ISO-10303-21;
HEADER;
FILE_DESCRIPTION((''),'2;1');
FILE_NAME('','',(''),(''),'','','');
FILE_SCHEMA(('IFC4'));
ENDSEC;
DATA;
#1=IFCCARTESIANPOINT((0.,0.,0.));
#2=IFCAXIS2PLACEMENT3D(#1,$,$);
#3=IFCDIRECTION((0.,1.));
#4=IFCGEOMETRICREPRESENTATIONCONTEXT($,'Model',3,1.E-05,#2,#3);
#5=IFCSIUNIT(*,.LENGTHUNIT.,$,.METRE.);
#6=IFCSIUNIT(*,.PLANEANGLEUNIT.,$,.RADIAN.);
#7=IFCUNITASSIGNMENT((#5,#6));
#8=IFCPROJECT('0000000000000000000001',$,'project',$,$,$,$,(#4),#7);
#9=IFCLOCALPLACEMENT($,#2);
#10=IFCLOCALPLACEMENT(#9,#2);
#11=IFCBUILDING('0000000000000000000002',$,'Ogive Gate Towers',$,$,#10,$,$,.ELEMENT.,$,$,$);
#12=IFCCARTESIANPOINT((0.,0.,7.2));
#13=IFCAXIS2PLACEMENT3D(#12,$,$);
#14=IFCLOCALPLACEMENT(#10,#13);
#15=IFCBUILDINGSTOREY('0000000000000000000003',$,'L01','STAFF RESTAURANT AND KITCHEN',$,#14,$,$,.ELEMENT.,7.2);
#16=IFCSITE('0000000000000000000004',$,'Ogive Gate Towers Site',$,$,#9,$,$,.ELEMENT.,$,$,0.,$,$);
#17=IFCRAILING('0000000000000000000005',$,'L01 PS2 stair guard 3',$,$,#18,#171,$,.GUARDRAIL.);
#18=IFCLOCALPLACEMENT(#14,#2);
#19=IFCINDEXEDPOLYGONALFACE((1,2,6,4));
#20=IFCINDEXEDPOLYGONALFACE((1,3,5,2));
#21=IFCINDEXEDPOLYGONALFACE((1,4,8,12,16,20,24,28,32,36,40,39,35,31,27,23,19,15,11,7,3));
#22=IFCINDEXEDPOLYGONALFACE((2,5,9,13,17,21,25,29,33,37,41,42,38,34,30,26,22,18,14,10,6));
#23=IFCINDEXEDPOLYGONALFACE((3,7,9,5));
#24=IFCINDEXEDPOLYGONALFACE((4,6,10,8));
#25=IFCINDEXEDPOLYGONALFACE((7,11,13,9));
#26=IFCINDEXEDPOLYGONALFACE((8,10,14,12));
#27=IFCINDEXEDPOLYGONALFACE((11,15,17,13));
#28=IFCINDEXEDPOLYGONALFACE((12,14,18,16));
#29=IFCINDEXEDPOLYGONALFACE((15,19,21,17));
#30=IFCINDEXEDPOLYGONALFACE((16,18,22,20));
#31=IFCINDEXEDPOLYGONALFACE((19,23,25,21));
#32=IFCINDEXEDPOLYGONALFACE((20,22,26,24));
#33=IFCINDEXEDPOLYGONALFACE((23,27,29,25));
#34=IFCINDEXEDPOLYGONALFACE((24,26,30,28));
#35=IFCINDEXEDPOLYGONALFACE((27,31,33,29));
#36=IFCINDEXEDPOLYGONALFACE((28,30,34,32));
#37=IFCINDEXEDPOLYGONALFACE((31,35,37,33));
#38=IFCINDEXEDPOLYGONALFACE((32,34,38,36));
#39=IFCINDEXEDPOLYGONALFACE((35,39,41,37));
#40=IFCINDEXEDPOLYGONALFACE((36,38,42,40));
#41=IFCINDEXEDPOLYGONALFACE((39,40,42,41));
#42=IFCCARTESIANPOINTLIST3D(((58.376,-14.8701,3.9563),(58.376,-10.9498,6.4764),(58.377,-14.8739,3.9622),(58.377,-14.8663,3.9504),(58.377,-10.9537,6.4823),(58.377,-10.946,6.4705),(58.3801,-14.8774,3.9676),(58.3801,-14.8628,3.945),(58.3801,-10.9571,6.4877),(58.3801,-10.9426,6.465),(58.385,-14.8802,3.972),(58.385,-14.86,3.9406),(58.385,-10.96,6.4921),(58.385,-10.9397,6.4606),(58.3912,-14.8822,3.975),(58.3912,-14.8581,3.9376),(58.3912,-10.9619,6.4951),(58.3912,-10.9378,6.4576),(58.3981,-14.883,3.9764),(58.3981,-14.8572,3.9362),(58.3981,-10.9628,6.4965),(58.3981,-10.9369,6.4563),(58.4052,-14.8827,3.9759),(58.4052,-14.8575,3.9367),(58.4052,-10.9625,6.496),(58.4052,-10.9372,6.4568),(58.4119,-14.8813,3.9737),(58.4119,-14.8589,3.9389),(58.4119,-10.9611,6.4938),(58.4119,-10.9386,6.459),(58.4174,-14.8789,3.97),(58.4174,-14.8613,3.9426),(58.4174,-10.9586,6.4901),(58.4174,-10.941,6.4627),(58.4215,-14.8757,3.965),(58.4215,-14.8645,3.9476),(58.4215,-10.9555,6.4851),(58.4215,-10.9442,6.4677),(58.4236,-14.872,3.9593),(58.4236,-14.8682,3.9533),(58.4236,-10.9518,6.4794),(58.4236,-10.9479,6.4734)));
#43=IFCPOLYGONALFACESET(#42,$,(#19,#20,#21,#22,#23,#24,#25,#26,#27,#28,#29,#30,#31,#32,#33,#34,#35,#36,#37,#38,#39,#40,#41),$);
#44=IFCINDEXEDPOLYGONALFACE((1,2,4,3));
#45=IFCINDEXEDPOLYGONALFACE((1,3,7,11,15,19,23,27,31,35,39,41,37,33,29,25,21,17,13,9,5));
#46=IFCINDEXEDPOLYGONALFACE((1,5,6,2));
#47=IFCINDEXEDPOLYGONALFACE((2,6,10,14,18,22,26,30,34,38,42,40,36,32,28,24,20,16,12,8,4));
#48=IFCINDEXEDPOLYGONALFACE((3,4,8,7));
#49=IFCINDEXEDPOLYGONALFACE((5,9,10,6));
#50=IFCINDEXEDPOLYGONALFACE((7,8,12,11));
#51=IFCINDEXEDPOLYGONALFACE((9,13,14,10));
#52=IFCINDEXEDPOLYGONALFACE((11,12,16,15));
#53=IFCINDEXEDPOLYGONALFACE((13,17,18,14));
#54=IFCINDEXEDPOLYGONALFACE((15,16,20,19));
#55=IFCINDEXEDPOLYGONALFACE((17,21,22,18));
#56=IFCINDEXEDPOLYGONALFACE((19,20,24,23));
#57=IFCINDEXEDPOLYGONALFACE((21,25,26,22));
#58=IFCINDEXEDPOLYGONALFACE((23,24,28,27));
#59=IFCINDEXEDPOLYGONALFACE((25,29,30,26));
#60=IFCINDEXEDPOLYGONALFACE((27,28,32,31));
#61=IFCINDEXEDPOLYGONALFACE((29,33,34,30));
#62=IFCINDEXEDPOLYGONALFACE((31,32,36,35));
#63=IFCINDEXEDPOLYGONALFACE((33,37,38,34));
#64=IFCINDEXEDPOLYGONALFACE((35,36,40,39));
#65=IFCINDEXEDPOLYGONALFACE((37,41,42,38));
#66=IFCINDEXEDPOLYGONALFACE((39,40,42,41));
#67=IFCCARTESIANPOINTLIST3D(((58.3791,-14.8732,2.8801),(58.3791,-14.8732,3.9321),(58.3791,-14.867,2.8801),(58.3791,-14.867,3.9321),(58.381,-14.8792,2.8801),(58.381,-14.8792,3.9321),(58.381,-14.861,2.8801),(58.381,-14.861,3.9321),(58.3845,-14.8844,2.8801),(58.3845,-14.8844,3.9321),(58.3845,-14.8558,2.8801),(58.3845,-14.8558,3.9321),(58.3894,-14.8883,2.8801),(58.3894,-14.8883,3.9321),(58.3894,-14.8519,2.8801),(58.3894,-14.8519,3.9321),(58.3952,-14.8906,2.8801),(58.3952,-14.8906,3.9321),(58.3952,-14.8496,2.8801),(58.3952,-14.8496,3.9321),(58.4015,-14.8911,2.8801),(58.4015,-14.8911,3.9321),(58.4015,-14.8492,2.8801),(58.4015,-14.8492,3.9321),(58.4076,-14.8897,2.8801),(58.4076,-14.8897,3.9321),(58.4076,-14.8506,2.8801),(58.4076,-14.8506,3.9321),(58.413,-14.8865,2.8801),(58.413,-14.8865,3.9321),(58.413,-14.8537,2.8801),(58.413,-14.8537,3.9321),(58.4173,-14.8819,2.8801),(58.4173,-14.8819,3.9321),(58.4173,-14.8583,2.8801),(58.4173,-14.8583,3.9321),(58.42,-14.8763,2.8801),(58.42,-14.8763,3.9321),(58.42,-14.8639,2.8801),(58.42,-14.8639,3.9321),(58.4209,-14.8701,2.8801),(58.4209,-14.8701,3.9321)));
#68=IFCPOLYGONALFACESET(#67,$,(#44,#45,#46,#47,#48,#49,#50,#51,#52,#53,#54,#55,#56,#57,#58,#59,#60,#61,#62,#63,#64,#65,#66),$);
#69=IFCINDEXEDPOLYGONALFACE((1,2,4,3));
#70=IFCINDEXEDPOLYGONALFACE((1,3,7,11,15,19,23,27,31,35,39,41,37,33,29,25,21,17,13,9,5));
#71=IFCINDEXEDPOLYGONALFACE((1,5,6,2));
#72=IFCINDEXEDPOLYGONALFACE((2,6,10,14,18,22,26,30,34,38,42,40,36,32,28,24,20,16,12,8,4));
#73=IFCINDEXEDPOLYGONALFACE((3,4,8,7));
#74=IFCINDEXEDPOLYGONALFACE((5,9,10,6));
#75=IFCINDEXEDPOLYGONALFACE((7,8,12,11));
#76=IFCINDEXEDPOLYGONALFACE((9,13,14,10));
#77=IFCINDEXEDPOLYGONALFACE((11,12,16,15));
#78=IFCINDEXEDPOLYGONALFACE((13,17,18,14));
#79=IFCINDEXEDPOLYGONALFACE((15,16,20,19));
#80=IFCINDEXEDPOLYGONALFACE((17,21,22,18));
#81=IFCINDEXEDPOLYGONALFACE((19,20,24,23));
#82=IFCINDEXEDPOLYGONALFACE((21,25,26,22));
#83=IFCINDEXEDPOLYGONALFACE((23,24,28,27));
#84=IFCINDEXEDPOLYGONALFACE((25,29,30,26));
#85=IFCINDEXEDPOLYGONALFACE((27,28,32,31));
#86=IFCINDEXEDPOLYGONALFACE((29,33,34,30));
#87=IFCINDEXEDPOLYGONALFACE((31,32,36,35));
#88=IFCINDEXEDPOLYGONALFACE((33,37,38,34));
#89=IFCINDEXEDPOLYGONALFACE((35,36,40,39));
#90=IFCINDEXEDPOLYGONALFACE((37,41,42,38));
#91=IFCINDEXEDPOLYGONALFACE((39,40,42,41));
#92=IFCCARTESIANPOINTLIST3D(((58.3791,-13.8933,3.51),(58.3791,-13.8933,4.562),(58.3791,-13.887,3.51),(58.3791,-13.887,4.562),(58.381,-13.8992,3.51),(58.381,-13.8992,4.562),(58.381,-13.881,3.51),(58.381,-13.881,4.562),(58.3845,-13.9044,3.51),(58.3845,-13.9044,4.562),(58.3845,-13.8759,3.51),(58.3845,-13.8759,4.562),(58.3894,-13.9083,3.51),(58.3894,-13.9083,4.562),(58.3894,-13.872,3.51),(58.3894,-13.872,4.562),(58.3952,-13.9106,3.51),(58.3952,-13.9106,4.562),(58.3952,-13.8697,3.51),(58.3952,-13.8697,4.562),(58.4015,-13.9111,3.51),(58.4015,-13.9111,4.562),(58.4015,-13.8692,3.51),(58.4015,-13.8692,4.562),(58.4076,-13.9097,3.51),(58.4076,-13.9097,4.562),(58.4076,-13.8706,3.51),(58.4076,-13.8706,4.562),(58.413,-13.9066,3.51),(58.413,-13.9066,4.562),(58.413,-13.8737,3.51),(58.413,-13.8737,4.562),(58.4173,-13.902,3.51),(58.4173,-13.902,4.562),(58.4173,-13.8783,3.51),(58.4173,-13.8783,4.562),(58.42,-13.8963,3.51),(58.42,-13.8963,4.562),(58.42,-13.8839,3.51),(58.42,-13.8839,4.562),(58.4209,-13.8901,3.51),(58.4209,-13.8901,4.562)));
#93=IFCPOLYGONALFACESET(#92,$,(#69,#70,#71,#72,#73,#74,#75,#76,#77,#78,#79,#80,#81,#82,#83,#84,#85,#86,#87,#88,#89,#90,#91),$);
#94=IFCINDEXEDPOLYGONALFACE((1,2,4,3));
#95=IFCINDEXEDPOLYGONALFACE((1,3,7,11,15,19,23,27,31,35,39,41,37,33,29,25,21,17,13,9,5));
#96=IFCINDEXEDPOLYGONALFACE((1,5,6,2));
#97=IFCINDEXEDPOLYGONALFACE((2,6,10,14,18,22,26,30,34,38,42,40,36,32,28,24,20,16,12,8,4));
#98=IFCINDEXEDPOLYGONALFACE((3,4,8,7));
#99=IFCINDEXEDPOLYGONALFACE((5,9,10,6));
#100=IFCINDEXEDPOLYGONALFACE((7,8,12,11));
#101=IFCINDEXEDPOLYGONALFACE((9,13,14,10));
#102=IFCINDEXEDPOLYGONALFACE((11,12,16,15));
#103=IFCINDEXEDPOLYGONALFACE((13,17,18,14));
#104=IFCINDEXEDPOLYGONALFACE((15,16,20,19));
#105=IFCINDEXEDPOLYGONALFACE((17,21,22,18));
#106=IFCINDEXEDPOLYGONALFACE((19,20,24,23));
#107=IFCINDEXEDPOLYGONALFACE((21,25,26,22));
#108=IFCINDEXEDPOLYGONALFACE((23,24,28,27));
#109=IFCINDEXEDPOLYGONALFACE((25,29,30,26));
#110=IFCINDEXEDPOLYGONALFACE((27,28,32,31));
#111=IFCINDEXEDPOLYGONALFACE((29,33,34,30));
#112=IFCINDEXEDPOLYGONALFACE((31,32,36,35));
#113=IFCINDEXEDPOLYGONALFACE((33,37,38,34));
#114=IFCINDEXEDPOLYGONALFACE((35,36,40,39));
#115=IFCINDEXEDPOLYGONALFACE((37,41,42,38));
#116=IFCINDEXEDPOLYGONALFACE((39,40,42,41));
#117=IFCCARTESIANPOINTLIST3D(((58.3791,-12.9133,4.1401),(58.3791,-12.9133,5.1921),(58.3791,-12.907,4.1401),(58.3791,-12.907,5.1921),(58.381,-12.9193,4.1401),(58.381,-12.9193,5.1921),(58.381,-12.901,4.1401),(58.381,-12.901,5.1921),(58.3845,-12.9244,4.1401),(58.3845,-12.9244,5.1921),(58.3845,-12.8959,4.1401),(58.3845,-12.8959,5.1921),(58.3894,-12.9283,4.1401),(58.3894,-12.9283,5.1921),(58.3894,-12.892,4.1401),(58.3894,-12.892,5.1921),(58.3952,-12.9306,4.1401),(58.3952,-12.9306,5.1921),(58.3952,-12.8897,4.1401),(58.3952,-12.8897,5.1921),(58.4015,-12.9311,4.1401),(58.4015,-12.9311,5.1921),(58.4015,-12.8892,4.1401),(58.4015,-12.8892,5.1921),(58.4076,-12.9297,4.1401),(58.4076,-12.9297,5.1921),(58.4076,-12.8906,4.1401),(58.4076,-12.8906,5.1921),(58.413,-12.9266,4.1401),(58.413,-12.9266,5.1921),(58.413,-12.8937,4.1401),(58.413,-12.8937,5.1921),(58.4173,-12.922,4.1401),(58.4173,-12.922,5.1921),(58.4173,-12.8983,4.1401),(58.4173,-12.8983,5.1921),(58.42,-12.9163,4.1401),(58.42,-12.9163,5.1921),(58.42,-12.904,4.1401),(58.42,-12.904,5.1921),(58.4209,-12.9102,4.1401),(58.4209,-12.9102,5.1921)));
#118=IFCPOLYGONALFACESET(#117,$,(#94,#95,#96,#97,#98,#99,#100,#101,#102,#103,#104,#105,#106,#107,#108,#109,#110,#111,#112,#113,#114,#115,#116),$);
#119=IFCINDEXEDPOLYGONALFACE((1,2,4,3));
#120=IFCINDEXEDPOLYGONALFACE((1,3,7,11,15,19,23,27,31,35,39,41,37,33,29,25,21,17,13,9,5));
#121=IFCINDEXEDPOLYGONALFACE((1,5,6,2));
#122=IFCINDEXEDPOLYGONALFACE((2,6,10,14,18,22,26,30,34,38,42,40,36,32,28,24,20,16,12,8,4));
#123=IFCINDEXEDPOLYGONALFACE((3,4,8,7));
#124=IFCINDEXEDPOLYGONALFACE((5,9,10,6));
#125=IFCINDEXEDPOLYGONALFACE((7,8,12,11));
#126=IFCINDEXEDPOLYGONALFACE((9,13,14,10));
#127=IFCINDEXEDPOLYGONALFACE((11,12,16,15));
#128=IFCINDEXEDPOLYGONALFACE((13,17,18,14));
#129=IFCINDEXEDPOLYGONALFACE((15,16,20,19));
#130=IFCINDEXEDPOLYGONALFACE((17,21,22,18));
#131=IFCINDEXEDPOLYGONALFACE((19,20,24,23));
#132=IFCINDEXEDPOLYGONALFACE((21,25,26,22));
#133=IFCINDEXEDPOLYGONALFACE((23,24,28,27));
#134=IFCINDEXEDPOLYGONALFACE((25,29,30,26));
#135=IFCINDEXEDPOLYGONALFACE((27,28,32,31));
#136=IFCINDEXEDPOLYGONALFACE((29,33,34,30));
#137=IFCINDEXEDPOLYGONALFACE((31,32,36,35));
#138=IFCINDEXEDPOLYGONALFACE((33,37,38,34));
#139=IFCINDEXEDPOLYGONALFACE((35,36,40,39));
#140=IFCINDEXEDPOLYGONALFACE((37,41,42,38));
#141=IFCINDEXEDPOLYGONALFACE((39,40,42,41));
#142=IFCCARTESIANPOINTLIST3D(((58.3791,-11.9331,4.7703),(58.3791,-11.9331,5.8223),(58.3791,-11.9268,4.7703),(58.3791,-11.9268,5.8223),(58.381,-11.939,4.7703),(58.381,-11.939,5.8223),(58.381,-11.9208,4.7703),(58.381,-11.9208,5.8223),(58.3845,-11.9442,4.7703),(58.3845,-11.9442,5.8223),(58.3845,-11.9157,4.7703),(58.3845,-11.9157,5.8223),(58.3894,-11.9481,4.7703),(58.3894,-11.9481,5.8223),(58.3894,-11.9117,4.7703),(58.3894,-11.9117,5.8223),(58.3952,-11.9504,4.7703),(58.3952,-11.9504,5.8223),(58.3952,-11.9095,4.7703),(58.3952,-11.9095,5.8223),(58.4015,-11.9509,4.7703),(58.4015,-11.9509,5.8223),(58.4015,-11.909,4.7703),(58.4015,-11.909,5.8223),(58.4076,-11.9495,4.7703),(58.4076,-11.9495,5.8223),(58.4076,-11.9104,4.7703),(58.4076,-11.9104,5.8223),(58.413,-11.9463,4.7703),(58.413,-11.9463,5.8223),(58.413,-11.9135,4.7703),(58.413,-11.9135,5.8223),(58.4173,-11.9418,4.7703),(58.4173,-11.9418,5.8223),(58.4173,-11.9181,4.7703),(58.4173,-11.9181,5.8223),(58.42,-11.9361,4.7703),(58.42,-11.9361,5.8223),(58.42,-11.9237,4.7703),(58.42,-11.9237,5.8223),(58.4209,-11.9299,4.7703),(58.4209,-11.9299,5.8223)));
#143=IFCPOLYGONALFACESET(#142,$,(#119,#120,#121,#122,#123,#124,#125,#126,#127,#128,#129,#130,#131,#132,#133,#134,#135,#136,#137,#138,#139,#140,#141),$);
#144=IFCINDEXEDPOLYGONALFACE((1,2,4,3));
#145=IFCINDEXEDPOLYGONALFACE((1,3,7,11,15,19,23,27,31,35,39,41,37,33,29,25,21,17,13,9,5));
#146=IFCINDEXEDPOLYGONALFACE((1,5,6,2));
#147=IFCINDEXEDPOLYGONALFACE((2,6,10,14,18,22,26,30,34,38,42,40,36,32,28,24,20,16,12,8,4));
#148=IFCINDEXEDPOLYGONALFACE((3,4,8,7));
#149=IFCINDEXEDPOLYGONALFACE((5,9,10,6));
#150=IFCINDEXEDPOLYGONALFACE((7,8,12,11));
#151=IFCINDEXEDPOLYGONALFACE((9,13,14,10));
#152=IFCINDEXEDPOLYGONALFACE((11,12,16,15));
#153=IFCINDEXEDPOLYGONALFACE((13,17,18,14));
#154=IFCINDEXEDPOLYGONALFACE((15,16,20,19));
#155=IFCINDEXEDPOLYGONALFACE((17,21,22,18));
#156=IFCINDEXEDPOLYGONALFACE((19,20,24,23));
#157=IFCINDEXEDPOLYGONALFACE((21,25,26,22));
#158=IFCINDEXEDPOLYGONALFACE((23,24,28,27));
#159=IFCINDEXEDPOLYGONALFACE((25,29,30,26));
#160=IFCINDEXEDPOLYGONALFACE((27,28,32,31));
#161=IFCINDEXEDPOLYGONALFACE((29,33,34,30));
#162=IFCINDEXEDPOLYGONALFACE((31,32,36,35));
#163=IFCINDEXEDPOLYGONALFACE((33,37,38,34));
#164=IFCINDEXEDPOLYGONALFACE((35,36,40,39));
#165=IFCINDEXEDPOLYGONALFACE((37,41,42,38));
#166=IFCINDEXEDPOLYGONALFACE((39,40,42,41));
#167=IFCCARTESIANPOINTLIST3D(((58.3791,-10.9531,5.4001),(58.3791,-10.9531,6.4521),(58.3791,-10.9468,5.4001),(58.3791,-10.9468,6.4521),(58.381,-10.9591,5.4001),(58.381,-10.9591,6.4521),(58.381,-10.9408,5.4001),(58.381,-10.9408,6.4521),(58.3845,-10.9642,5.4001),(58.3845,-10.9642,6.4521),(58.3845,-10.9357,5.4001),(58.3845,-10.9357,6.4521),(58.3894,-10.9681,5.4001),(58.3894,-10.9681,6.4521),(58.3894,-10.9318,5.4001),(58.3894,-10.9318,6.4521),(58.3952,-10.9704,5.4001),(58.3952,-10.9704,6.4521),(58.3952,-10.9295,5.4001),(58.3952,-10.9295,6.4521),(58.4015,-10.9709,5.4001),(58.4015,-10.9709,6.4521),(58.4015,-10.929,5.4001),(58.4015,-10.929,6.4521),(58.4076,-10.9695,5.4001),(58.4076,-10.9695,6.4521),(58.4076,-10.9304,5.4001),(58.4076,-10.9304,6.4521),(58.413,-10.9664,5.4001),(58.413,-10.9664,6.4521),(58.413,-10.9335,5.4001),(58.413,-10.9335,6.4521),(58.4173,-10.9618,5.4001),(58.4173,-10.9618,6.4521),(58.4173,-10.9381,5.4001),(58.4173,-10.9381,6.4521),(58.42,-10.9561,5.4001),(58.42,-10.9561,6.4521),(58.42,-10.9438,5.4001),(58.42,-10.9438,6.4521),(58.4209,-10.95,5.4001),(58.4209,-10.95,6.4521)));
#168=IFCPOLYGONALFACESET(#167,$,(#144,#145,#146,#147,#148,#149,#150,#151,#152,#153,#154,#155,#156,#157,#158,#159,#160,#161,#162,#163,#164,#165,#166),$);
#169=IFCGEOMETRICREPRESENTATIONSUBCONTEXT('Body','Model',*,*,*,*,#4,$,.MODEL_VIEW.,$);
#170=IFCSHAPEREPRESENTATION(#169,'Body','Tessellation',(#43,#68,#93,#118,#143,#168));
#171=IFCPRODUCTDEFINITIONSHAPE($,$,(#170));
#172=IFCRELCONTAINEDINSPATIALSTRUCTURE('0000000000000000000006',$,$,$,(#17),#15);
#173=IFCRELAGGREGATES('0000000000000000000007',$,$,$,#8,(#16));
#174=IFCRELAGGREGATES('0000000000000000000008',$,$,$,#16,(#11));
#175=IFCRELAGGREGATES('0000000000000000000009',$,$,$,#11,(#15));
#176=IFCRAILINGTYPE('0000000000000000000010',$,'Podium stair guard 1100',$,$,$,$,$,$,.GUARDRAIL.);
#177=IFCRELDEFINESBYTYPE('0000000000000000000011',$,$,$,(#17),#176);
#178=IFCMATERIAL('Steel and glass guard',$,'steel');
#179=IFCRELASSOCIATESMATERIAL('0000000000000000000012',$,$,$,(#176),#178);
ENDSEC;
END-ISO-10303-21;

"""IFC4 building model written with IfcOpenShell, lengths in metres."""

from ifc_helpers import new_model, si_unit, direction, frame, origin, origin_2d, place, context, subcontext, project, spatial, circle, extrude, material, type_object, element, save


model = new_model("IFC4")

# Units and contexts
model_context = context("Model", 3, precision=1e-05, world=origin(), true_north=direction((0.0, 1.0)))
body_context = subcontext(model_context, "Body", "Model", "MODEL_VIEW")
ifc_project = project(units=[si_unit("LENGTHUNIT", "METRE"), si_unit("PLANEANGLEUNIT", "RADIAN")], contexts=[model_context])

# Site, building, storey
site_placement = place(None, origin())
site = spatial("IfcSite", under=ifc_project, at=site_placement, Name="Ogive Gate Towers Site", CompositionType="ELEMENT", RefElevation=0.0)
building_placement = place(site_placement, origin())
building = spatial("IfcBuilding", under=site, at=building_placement, Name="Ogive Gate Towers", CompositionType="ELEMENT")
storey_placement = place(building_placement, frame((0.0, 0.0, 7.2)))
storey = spatial("IfcBuildingStorey", under=building, at=storey_placement, Name="L01", Description="STAFF RESTAURANT AND KITCHEN", CompositionType="ELEMENT", Elevation=7.2)

# Railing
ifc_material_1 = material(Name="Steel and glass guard", Category="steel")
railing_type_1 = type_object("IfcRailingType", Name="Podium stair guard 1100", PredefinedType="GUARDRAIL", material=ifc_material_1)
railing_1_placement = place(storey_placement, frame((58.3999, -14.8701, 2.8801)))
element("IfcRailing", 1, at=railing_1_placement, inside=storey, type_object=railing_type_1, Name="L01 PS2 stair guard 3", PredefinedType="GUARDRAIL", context=body_context, shape_type="SweptSolid", body=[
    extrude(circle(Radius=0.0239, at=origin_2d()), frame((0.0, 0.0, 1.0762), z_axis=(0.0, 0.841187, 0.540744), x_axis=(-1.0, 0.0, 0.0)), (0.0, 0.0, 1.0), 4.6604),
    extrude(circle(Radius=0.021, at=origin_2d()), origin(), (0.0, 0.0, 1.0), 1.052),
    extrude(circle(Radius=0.021, at=origin_2d()), frame((0.0, 0.98, 0.6299)), (0.0, 0.0, 1.0), 1.052),
    extrude(circle(Radius=0.021, at=origin_2d()), frame((0.0, 1.96, 1.26)), (0.0, 0.0, 1.0), 1.052),
    extrude(circle(Radius=0.021, at=origin_2d()), frame((0.0, 2.9402, 1.8901)), (0.0, 0.0, 1.0), 1.052),
    extrude(circle(Radius=0.021, at=origin_2d()), frame((0.0, 3.9202, 2.52)), (0.0, 0.0, 1.0), 1.052),
])

save(model, "model.ifc")
